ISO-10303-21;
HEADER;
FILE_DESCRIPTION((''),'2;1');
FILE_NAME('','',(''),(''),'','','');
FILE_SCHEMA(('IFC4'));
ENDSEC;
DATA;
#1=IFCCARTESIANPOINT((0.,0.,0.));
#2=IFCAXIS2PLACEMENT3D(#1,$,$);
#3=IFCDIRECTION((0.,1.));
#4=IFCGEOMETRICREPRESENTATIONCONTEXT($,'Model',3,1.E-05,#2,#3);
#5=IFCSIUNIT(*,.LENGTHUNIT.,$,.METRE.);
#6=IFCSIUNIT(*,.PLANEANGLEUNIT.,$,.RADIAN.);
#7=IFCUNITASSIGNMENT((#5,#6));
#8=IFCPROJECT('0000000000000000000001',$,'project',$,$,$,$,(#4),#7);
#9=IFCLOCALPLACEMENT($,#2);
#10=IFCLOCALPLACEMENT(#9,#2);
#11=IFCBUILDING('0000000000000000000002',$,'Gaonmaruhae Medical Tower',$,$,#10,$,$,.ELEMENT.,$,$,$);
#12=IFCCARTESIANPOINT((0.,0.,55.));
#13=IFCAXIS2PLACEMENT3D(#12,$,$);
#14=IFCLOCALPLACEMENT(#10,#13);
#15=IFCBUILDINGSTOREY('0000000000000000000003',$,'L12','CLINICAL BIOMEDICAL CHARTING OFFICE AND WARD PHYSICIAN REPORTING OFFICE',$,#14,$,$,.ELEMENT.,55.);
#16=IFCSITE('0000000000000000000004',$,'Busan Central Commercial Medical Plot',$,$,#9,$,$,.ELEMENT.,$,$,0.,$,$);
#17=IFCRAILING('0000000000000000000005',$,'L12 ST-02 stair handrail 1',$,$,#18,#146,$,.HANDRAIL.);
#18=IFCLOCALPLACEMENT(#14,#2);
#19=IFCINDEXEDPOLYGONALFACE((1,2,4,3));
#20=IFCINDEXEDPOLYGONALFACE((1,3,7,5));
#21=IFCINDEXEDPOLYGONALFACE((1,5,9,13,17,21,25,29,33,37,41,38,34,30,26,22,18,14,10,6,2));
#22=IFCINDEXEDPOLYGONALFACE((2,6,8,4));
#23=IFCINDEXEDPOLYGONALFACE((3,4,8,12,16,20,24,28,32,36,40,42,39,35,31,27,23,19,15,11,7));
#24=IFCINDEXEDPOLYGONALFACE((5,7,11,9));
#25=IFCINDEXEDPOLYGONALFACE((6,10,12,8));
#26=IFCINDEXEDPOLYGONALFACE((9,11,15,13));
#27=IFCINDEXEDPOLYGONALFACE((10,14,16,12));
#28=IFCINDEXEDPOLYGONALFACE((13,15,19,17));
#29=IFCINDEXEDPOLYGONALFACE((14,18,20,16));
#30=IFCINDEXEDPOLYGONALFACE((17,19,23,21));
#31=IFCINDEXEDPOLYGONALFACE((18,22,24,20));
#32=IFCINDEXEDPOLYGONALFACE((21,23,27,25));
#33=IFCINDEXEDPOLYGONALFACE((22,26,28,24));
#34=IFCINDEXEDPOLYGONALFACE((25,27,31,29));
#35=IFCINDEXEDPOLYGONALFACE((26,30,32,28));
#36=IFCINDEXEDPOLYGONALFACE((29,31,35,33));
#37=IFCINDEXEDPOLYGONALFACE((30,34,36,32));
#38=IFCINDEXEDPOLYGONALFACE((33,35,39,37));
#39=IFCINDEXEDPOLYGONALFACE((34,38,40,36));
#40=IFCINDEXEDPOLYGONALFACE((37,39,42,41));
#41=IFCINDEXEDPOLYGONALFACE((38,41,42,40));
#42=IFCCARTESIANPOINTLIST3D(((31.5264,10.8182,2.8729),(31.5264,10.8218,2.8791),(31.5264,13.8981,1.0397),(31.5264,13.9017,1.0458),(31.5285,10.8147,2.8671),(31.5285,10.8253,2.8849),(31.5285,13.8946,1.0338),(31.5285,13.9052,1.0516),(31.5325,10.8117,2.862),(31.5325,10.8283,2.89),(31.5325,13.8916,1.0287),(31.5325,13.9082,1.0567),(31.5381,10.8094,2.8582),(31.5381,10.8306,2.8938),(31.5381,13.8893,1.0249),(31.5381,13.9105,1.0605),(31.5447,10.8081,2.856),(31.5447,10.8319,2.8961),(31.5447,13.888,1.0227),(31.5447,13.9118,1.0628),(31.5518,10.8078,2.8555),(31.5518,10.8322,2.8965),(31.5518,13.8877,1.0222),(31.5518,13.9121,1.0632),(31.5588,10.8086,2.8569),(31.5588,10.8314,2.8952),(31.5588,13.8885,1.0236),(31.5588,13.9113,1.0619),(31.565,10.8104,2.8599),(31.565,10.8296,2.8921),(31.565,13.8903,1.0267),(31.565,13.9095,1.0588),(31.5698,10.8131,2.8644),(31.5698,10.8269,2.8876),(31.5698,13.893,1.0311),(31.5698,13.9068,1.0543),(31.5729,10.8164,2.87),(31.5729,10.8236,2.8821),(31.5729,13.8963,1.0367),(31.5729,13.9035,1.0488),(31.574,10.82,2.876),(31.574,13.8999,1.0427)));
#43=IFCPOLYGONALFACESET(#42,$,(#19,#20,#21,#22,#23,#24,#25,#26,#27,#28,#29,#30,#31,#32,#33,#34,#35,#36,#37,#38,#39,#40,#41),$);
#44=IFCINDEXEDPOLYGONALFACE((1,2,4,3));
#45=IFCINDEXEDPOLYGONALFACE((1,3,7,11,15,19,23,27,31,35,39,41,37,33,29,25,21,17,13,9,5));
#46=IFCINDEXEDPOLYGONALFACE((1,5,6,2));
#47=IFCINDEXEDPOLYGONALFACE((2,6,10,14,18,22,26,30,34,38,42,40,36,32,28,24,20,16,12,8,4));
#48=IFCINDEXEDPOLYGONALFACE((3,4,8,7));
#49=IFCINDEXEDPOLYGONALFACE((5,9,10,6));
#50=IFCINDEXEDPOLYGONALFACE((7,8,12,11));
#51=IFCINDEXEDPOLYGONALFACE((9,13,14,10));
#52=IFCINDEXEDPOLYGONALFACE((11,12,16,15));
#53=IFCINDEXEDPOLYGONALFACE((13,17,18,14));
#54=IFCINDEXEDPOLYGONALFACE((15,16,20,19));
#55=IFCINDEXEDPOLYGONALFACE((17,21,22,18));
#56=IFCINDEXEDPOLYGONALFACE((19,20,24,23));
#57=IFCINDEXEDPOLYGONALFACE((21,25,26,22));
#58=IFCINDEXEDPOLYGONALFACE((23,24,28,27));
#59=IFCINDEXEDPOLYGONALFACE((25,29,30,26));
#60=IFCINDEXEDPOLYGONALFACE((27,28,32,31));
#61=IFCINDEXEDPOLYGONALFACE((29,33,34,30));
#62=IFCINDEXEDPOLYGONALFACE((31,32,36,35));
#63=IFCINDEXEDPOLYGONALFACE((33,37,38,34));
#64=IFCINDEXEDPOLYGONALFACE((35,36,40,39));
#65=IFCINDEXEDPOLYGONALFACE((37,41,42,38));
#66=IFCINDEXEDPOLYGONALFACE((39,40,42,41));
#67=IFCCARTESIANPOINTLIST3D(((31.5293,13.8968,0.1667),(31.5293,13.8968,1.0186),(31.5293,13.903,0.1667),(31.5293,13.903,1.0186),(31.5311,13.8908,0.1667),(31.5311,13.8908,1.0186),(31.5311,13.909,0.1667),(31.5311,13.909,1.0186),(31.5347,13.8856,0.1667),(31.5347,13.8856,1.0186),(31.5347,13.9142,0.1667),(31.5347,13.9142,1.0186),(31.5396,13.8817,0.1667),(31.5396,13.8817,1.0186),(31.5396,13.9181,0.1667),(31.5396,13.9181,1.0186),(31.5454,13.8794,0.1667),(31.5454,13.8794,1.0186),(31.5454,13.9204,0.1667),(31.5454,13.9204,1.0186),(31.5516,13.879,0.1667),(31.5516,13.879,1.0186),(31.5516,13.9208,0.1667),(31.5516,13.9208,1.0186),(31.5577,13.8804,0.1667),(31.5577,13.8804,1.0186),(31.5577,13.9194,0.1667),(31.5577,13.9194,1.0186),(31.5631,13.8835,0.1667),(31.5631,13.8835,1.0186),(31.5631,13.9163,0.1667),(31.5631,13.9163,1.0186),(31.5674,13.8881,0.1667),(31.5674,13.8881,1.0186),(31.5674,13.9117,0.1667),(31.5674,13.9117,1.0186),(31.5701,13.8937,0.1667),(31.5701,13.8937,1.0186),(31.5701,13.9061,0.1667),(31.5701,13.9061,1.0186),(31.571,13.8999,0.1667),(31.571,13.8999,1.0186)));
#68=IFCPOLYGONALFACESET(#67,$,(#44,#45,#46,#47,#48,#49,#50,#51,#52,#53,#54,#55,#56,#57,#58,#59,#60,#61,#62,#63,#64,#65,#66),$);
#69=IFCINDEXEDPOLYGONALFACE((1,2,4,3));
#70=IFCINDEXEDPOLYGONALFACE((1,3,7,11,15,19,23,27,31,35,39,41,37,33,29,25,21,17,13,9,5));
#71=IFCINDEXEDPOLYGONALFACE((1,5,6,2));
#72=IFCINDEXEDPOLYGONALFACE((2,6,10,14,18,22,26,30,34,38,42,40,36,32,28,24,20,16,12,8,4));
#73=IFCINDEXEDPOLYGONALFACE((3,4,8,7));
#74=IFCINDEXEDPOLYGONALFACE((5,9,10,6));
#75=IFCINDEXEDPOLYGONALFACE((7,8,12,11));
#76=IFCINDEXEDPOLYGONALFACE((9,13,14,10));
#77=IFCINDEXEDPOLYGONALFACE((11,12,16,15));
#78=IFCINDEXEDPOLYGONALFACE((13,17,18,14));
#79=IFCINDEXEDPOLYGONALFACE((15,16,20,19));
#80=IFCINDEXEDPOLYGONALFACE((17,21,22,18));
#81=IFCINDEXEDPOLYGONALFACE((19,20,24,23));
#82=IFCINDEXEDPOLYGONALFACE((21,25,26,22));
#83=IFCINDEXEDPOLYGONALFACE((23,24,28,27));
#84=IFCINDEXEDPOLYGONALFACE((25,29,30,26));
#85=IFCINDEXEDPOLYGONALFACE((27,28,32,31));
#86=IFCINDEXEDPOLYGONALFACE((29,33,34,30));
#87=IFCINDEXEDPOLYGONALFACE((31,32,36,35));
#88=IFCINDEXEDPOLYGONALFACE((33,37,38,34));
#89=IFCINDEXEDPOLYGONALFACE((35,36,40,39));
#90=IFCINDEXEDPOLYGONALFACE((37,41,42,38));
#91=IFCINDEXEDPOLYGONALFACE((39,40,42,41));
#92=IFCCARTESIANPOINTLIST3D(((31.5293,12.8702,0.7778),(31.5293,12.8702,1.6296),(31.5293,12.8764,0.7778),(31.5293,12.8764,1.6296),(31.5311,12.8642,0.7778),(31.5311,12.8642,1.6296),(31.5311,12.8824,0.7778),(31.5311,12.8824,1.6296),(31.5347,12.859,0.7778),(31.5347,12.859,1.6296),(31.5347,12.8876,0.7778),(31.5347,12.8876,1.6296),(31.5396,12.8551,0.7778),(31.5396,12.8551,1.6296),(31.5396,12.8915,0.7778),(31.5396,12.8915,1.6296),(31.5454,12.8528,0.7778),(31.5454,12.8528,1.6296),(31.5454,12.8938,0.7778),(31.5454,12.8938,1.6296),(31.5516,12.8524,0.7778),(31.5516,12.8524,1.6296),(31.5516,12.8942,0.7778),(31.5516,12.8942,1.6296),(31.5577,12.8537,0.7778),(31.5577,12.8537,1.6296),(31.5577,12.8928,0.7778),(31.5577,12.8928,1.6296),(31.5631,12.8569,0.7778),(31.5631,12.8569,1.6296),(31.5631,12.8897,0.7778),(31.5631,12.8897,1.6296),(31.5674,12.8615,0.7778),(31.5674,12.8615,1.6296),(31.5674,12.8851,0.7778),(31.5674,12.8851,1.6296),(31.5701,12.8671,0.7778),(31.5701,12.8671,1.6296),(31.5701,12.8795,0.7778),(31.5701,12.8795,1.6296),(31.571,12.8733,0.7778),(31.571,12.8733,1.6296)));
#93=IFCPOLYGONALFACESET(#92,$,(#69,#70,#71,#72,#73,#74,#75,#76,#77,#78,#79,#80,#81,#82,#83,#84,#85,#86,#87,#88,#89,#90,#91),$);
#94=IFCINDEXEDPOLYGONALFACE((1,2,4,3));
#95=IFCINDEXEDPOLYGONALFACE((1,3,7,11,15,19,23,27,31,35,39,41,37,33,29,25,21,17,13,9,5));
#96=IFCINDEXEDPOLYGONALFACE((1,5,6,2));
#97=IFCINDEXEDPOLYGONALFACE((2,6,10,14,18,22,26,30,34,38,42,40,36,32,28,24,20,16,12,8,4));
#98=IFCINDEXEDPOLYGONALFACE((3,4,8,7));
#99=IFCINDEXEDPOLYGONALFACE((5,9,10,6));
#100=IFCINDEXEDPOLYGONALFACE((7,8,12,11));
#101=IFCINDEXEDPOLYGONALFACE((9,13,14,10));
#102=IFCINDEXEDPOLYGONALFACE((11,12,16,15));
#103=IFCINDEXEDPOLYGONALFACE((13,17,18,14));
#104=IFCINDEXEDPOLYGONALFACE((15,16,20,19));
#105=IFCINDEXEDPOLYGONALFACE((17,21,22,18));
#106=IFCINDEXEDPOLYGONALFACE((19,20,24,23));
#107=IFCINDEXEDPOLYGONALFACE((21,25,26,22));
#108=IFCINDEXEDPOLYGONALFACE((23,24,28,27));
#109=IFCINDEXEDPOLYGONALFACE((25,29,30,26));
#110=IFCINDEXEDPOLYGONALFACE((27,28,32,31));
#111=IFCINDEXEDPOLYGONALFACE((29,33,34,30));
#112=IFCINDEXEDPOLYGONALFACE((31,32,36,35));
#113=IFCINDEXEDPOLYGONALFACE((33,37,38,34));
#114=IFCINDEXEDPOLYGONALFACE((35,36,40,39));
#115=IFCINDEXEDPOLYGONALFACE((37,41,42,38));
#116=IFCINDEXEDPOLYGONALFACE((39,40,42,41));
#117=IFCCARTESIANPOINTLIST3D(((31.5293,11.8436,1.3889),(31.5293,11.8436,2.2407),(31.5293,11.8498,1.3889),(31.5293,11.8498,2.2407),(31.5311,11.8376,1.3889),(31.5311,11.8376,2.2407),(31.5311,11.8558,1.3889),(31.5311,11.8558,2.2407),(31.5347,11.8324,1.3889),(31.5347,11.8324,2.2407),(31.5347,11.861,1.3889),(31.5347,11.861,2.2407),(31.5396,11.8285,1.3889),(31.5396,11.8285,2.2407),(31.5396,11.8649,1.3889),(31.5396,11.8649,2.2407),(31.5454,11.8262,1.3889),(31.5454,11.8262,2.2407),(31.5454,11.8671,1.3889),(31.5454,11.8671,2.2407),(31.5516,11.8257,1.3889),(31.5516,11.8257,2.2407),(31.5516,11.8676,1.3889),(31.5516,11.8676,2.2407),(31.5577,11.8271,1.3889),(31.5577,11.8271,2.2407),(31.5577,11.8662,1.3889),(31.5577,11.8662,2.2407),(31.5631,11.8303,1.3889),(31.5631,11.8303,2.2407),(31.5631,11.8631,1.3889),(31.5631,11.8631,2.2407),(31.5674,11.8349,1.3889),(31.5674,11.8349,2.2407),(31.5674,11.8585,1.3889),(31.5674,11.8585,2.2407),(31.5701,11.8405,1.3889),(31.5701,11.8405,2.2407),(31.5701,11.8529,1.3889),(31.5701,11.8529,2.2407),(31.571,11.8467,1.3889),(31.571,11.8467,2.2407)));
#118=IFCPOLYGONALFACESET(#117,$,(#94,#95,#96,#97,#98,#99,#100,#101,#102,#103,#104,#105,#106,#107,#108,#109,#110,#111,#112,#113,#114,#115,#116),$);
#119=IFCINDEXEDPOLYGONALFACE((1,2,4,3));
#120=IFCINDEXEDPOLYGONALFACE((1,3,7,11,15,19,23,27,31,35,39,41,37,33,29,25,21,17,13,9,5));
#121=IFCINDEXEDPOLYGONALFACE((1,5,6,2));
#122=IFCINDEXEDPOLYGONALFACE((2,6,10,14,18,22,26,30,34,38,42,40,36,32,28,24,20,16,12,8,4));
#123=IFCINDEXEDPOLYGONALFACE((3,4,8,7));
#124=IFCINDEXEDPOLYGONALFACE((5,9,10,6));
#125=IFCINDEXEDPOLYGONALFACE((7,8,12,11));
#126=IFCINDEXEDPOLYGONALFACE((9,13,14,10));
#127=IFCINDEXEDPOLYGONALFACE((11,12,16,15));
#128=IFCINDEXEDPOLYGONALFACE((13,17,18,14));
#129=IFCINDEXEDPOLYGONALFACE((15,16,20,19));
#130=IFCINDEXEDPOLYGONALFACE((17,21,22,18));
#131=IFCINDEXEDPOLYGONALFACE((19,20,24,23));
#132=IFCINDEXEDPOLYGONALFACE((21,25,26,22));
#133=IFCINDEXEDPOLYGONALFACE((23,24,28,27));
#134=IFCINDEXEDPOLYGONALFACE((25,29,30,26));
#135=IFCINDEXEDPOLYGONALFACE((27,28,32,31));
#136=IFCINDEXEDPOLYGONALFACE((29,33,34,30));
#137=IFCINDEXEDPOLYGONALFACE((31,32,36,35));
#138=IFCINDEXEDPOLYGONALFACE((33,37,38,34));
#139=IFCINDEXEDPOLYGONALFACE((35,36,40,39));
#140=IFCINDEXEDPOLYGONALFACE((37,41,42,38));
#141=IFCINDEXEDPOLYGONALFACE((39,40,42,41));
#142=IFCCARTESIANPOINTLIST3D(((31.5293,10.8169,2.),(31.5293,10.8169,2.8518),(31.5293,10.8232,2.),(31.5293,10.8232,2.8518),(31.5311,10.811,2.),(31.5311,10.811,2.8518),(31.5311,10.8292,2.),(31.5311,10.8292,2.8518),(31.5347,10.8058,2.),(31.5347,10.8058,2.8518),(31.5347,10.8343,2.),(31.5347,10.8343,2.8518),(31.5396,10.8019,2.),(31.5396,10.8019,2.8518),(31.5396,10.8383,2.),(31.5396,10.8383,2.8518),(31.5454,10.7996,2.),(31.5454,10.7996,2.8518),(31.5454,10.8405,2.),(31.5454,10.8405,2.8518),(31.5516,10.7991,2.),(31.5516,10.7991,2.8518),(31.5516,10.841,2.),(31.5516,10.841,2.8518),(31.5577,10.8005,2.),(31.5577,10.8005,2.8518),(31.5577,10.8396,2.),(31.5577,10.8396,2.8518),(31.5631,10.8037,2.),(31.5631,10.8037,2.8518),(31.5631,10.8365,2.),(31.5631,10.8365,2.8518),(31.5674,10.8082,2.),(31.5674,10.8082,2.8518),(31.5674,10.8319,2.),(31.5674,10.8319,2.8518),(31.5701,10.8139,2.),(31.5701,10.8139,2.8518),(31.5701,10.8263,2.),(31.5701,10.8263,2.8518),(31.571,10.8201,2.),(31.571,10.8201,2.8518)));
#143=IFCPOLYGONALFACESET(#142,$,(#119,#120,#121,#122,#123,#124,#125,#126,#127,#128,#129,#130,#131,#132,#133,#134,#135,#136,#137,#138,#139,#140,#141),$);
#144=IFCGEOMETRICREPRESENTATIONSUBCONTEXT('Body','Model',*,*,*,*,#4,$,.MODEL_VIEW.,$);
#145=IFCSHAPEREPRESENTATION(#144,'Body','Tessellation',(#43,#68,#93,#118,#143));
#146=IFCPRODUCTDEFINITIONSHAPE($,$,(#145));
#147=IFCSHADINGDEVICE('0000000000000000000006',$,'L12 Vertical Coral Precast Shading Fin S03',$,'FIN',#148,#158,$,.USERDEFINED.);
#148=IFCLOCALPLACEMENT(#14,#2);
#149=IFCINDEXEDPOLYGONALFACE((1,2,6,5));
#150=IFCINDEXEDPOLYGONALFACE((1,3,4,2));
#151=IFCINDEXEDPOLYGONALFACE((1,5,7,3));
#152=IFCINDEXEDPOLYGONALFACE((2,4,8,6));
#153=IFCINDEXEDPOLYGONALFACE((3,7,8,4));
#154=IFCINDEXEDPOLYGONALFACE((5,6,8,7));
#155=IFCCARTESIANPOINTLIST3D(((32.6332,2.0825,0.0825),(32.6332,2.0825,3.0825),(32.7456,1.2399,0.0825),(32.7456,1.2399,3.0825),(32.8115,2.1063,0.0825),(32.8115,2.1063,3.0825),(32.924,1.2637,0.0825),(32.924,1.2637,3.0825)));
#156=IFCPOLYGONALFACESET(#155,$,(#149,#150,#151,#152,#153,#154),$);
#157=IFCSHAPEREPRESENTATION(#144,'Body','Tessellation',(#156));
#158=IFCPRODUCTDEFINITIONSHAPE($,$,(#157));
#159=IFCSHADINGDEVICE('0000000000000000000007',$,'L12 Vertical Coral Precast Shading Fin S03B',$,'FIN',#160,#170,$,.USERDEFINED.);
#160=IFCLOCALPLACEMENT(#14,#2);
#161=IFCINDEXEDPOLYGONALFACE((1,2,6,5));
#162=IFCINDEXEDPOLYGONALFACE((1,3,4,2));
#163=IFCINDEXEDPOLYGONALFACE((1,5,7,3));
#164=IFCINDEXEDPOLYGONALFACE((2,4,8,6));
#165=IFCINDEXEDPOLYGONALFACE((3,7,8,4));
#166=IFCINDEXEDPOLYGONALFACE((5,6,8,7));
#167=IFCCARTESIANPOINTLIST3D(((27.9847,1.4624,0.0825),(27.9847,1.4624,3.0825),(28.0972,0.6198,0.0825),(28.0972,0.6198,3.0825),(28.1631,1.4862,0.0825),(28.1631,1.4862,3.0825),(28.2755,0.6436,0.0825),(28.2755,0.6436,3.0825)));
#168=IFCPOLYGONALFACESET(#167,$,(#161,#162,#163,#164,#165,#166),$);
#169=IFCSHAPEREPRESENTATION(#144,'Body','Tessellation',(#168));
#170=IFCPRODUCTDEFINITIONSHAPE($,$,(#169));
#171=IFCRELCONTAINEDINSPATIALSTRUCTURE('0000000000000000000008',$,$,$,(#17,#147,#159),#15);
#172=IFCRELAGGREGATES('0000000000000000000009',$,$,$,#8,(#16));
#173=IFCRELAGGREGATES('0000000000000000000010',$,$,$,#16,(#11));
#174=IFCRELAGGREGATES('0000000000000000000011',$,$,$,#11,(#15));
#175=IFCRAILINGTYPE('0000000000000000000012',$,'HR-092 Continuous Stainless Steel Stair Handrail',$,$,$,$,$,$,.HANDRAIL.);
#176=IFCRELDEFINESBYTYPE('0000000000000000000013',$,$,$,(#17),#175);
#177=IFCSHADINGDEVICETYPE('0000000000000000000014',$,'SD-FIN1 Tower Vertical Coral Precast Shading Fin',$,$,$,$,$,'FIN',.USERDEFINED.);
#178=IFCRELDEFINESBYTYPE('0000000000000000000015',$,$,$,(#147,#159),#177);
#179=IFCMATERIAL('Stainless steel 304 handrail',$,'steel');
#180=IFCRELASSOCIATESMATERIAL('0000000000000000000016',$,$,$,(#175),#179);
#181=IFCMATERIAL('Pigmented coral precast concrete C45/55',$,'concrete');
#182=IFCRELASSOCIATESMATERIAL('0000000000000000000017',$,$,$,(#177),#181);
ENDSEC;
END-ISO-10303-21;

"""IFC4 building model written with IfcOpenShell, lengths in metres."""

from ifc_helpers import new_model, si_unit, direction, frame, origin, origin_2d, place, context, subcontext, project, spatial, rectangle, circle, extrude, material, type_object, element, save


model = new_model("IFC4")

# Units and contexts
model_context = context("Model", 3, precision=1e-05, world=origin(), true_north=direction((0.0, 1.0)))
body_context = subcontext(model_context, "Body", "Model", "MODEL_VIEW")
ifc_project = project(units=[si_unit("LENGTHUNIT", "METRE"), si_unit("PLANEANGLEUNIT", "RADIAN")], contexts=[model_context])

# Site, building, storey
site_placement = place(None, origin())
site = spatial("IfcSite", under=ifc_project, at=site_placement, Name="Busan Central Commercial Medical Plot", CompositionType="ELEMENT", RefElevation=0.0)
building_placement = place(site_placement, origin())
building = spatial("IfcBuilding", under=site, at=building_placement, Name="Gaonmaruhae Medical Tower", CompositionType="ELEMENT")
storey_placement = place(building_placement, frame((0.0, 0.0, 55.0)))
storey = spatial("IfcBuildingStorey", under=building, at=storey_placement, Name="L12", Description="CLINICAL BIOMEDICAL CHARTING OFFICE AND WARD PHYSICIAN REPORTING OFFICE", CompositionType="ELEMENT", Elevation=55.0)

# Railing
ifc_material_1 = material(Name="Stainless steel 304 handrail", Category="steel")
railing_type_1 = type_object("IfcRailingType", Name="HR-092 Continuous Stainless Steel Stair Handrail", PredefinedType="HANDRAIL", material=ifc_material_1)
railing_1_placement = place(storey_placement, frame((31.55, 13.8999, 0.1667)))
element("IfcRailing", 1, at=railing_1_placement, inside=storey, type_object=railing_type_1, Name="L12 ST-02 stair handrail 1", PredefinedType="HANDRAIL", context=body_context, shape_type="SweptSolid", body=[
    extrude(circle(Radius=0.0239, at=origin_2d()), frame((0.0, 0.0, 0.876), z_axis=(0.0, -0.859291, 0.511487), x_axis=(1.0, 0.0, 0.0)), (0.0, 0.0, 1.0), 3.5842),
    extrude(circle(Radius=0.021, at=origin_2d()), origin(), (0.0, 0.0, 1.0), 0.8518),
    extrude(circle(Radius=0.021, at=origin_2d()), frame((0.0, -1.0266, 0.6111)), (0.0, 0.0, 1.0), 0.8518),
    extrude(circle(Radius=0.021, at=origin_2d()), frame((0.0, -2.0532, 1.2222)), (0.0, 0.0, 1.0), 0.8518),
    extrude(circle(Radius=0.021, at=origin_2d()), frame((0.0, -3.0798, 1.8333)), (0.0, 0.0, 1.0), 0.8518),
])

# Shading devices
ifc_material_2 = material(Name="Pigmented coral precast concrete C45/55", Category="concrete")
shading_device_type = type_object("IfcShadingDeviceType", Name="SD-FIN1 Tower Vertical Coral Precast Shading Fin", ElementType="FIN", PredefinedType="USERDEFINED", material=ifc_material_2)
for number, where, z_axis, x_axis, name in (
    (2, (32.7786, 1.6731, 0.0825), (0.0, 0.0, 1.0), (-0.991216, -0.132256, 0.0), "L12 Vertical Coral Precast Shading Fin S03"),
    (3, (28.1301, 1.053, 0.0825), (0.0, 0.0, 1.0), (-0.991216, -0.132256, 0.0), "L12 Vertical Coral Precast Shading Fin S03B"),
):
    element("IfcShadingDevice", number, at=place(storey_placement, frame(where, z_axis=z_axis, x_axis=x_axis)), inside=storey, type_object=shading_device_type, Name=name, ObjectType="FIN", PredefinedType="USERDEFINED", context=body_context, shape_type="SweptSolid", body=[
        extrude(rectangle(XDim=0.1799, YDim=0.8501, at=origin_2d()), origin(), (0.0, 0.0, 1.0), 3.0),
    ])

save(model, "model.ifc")
